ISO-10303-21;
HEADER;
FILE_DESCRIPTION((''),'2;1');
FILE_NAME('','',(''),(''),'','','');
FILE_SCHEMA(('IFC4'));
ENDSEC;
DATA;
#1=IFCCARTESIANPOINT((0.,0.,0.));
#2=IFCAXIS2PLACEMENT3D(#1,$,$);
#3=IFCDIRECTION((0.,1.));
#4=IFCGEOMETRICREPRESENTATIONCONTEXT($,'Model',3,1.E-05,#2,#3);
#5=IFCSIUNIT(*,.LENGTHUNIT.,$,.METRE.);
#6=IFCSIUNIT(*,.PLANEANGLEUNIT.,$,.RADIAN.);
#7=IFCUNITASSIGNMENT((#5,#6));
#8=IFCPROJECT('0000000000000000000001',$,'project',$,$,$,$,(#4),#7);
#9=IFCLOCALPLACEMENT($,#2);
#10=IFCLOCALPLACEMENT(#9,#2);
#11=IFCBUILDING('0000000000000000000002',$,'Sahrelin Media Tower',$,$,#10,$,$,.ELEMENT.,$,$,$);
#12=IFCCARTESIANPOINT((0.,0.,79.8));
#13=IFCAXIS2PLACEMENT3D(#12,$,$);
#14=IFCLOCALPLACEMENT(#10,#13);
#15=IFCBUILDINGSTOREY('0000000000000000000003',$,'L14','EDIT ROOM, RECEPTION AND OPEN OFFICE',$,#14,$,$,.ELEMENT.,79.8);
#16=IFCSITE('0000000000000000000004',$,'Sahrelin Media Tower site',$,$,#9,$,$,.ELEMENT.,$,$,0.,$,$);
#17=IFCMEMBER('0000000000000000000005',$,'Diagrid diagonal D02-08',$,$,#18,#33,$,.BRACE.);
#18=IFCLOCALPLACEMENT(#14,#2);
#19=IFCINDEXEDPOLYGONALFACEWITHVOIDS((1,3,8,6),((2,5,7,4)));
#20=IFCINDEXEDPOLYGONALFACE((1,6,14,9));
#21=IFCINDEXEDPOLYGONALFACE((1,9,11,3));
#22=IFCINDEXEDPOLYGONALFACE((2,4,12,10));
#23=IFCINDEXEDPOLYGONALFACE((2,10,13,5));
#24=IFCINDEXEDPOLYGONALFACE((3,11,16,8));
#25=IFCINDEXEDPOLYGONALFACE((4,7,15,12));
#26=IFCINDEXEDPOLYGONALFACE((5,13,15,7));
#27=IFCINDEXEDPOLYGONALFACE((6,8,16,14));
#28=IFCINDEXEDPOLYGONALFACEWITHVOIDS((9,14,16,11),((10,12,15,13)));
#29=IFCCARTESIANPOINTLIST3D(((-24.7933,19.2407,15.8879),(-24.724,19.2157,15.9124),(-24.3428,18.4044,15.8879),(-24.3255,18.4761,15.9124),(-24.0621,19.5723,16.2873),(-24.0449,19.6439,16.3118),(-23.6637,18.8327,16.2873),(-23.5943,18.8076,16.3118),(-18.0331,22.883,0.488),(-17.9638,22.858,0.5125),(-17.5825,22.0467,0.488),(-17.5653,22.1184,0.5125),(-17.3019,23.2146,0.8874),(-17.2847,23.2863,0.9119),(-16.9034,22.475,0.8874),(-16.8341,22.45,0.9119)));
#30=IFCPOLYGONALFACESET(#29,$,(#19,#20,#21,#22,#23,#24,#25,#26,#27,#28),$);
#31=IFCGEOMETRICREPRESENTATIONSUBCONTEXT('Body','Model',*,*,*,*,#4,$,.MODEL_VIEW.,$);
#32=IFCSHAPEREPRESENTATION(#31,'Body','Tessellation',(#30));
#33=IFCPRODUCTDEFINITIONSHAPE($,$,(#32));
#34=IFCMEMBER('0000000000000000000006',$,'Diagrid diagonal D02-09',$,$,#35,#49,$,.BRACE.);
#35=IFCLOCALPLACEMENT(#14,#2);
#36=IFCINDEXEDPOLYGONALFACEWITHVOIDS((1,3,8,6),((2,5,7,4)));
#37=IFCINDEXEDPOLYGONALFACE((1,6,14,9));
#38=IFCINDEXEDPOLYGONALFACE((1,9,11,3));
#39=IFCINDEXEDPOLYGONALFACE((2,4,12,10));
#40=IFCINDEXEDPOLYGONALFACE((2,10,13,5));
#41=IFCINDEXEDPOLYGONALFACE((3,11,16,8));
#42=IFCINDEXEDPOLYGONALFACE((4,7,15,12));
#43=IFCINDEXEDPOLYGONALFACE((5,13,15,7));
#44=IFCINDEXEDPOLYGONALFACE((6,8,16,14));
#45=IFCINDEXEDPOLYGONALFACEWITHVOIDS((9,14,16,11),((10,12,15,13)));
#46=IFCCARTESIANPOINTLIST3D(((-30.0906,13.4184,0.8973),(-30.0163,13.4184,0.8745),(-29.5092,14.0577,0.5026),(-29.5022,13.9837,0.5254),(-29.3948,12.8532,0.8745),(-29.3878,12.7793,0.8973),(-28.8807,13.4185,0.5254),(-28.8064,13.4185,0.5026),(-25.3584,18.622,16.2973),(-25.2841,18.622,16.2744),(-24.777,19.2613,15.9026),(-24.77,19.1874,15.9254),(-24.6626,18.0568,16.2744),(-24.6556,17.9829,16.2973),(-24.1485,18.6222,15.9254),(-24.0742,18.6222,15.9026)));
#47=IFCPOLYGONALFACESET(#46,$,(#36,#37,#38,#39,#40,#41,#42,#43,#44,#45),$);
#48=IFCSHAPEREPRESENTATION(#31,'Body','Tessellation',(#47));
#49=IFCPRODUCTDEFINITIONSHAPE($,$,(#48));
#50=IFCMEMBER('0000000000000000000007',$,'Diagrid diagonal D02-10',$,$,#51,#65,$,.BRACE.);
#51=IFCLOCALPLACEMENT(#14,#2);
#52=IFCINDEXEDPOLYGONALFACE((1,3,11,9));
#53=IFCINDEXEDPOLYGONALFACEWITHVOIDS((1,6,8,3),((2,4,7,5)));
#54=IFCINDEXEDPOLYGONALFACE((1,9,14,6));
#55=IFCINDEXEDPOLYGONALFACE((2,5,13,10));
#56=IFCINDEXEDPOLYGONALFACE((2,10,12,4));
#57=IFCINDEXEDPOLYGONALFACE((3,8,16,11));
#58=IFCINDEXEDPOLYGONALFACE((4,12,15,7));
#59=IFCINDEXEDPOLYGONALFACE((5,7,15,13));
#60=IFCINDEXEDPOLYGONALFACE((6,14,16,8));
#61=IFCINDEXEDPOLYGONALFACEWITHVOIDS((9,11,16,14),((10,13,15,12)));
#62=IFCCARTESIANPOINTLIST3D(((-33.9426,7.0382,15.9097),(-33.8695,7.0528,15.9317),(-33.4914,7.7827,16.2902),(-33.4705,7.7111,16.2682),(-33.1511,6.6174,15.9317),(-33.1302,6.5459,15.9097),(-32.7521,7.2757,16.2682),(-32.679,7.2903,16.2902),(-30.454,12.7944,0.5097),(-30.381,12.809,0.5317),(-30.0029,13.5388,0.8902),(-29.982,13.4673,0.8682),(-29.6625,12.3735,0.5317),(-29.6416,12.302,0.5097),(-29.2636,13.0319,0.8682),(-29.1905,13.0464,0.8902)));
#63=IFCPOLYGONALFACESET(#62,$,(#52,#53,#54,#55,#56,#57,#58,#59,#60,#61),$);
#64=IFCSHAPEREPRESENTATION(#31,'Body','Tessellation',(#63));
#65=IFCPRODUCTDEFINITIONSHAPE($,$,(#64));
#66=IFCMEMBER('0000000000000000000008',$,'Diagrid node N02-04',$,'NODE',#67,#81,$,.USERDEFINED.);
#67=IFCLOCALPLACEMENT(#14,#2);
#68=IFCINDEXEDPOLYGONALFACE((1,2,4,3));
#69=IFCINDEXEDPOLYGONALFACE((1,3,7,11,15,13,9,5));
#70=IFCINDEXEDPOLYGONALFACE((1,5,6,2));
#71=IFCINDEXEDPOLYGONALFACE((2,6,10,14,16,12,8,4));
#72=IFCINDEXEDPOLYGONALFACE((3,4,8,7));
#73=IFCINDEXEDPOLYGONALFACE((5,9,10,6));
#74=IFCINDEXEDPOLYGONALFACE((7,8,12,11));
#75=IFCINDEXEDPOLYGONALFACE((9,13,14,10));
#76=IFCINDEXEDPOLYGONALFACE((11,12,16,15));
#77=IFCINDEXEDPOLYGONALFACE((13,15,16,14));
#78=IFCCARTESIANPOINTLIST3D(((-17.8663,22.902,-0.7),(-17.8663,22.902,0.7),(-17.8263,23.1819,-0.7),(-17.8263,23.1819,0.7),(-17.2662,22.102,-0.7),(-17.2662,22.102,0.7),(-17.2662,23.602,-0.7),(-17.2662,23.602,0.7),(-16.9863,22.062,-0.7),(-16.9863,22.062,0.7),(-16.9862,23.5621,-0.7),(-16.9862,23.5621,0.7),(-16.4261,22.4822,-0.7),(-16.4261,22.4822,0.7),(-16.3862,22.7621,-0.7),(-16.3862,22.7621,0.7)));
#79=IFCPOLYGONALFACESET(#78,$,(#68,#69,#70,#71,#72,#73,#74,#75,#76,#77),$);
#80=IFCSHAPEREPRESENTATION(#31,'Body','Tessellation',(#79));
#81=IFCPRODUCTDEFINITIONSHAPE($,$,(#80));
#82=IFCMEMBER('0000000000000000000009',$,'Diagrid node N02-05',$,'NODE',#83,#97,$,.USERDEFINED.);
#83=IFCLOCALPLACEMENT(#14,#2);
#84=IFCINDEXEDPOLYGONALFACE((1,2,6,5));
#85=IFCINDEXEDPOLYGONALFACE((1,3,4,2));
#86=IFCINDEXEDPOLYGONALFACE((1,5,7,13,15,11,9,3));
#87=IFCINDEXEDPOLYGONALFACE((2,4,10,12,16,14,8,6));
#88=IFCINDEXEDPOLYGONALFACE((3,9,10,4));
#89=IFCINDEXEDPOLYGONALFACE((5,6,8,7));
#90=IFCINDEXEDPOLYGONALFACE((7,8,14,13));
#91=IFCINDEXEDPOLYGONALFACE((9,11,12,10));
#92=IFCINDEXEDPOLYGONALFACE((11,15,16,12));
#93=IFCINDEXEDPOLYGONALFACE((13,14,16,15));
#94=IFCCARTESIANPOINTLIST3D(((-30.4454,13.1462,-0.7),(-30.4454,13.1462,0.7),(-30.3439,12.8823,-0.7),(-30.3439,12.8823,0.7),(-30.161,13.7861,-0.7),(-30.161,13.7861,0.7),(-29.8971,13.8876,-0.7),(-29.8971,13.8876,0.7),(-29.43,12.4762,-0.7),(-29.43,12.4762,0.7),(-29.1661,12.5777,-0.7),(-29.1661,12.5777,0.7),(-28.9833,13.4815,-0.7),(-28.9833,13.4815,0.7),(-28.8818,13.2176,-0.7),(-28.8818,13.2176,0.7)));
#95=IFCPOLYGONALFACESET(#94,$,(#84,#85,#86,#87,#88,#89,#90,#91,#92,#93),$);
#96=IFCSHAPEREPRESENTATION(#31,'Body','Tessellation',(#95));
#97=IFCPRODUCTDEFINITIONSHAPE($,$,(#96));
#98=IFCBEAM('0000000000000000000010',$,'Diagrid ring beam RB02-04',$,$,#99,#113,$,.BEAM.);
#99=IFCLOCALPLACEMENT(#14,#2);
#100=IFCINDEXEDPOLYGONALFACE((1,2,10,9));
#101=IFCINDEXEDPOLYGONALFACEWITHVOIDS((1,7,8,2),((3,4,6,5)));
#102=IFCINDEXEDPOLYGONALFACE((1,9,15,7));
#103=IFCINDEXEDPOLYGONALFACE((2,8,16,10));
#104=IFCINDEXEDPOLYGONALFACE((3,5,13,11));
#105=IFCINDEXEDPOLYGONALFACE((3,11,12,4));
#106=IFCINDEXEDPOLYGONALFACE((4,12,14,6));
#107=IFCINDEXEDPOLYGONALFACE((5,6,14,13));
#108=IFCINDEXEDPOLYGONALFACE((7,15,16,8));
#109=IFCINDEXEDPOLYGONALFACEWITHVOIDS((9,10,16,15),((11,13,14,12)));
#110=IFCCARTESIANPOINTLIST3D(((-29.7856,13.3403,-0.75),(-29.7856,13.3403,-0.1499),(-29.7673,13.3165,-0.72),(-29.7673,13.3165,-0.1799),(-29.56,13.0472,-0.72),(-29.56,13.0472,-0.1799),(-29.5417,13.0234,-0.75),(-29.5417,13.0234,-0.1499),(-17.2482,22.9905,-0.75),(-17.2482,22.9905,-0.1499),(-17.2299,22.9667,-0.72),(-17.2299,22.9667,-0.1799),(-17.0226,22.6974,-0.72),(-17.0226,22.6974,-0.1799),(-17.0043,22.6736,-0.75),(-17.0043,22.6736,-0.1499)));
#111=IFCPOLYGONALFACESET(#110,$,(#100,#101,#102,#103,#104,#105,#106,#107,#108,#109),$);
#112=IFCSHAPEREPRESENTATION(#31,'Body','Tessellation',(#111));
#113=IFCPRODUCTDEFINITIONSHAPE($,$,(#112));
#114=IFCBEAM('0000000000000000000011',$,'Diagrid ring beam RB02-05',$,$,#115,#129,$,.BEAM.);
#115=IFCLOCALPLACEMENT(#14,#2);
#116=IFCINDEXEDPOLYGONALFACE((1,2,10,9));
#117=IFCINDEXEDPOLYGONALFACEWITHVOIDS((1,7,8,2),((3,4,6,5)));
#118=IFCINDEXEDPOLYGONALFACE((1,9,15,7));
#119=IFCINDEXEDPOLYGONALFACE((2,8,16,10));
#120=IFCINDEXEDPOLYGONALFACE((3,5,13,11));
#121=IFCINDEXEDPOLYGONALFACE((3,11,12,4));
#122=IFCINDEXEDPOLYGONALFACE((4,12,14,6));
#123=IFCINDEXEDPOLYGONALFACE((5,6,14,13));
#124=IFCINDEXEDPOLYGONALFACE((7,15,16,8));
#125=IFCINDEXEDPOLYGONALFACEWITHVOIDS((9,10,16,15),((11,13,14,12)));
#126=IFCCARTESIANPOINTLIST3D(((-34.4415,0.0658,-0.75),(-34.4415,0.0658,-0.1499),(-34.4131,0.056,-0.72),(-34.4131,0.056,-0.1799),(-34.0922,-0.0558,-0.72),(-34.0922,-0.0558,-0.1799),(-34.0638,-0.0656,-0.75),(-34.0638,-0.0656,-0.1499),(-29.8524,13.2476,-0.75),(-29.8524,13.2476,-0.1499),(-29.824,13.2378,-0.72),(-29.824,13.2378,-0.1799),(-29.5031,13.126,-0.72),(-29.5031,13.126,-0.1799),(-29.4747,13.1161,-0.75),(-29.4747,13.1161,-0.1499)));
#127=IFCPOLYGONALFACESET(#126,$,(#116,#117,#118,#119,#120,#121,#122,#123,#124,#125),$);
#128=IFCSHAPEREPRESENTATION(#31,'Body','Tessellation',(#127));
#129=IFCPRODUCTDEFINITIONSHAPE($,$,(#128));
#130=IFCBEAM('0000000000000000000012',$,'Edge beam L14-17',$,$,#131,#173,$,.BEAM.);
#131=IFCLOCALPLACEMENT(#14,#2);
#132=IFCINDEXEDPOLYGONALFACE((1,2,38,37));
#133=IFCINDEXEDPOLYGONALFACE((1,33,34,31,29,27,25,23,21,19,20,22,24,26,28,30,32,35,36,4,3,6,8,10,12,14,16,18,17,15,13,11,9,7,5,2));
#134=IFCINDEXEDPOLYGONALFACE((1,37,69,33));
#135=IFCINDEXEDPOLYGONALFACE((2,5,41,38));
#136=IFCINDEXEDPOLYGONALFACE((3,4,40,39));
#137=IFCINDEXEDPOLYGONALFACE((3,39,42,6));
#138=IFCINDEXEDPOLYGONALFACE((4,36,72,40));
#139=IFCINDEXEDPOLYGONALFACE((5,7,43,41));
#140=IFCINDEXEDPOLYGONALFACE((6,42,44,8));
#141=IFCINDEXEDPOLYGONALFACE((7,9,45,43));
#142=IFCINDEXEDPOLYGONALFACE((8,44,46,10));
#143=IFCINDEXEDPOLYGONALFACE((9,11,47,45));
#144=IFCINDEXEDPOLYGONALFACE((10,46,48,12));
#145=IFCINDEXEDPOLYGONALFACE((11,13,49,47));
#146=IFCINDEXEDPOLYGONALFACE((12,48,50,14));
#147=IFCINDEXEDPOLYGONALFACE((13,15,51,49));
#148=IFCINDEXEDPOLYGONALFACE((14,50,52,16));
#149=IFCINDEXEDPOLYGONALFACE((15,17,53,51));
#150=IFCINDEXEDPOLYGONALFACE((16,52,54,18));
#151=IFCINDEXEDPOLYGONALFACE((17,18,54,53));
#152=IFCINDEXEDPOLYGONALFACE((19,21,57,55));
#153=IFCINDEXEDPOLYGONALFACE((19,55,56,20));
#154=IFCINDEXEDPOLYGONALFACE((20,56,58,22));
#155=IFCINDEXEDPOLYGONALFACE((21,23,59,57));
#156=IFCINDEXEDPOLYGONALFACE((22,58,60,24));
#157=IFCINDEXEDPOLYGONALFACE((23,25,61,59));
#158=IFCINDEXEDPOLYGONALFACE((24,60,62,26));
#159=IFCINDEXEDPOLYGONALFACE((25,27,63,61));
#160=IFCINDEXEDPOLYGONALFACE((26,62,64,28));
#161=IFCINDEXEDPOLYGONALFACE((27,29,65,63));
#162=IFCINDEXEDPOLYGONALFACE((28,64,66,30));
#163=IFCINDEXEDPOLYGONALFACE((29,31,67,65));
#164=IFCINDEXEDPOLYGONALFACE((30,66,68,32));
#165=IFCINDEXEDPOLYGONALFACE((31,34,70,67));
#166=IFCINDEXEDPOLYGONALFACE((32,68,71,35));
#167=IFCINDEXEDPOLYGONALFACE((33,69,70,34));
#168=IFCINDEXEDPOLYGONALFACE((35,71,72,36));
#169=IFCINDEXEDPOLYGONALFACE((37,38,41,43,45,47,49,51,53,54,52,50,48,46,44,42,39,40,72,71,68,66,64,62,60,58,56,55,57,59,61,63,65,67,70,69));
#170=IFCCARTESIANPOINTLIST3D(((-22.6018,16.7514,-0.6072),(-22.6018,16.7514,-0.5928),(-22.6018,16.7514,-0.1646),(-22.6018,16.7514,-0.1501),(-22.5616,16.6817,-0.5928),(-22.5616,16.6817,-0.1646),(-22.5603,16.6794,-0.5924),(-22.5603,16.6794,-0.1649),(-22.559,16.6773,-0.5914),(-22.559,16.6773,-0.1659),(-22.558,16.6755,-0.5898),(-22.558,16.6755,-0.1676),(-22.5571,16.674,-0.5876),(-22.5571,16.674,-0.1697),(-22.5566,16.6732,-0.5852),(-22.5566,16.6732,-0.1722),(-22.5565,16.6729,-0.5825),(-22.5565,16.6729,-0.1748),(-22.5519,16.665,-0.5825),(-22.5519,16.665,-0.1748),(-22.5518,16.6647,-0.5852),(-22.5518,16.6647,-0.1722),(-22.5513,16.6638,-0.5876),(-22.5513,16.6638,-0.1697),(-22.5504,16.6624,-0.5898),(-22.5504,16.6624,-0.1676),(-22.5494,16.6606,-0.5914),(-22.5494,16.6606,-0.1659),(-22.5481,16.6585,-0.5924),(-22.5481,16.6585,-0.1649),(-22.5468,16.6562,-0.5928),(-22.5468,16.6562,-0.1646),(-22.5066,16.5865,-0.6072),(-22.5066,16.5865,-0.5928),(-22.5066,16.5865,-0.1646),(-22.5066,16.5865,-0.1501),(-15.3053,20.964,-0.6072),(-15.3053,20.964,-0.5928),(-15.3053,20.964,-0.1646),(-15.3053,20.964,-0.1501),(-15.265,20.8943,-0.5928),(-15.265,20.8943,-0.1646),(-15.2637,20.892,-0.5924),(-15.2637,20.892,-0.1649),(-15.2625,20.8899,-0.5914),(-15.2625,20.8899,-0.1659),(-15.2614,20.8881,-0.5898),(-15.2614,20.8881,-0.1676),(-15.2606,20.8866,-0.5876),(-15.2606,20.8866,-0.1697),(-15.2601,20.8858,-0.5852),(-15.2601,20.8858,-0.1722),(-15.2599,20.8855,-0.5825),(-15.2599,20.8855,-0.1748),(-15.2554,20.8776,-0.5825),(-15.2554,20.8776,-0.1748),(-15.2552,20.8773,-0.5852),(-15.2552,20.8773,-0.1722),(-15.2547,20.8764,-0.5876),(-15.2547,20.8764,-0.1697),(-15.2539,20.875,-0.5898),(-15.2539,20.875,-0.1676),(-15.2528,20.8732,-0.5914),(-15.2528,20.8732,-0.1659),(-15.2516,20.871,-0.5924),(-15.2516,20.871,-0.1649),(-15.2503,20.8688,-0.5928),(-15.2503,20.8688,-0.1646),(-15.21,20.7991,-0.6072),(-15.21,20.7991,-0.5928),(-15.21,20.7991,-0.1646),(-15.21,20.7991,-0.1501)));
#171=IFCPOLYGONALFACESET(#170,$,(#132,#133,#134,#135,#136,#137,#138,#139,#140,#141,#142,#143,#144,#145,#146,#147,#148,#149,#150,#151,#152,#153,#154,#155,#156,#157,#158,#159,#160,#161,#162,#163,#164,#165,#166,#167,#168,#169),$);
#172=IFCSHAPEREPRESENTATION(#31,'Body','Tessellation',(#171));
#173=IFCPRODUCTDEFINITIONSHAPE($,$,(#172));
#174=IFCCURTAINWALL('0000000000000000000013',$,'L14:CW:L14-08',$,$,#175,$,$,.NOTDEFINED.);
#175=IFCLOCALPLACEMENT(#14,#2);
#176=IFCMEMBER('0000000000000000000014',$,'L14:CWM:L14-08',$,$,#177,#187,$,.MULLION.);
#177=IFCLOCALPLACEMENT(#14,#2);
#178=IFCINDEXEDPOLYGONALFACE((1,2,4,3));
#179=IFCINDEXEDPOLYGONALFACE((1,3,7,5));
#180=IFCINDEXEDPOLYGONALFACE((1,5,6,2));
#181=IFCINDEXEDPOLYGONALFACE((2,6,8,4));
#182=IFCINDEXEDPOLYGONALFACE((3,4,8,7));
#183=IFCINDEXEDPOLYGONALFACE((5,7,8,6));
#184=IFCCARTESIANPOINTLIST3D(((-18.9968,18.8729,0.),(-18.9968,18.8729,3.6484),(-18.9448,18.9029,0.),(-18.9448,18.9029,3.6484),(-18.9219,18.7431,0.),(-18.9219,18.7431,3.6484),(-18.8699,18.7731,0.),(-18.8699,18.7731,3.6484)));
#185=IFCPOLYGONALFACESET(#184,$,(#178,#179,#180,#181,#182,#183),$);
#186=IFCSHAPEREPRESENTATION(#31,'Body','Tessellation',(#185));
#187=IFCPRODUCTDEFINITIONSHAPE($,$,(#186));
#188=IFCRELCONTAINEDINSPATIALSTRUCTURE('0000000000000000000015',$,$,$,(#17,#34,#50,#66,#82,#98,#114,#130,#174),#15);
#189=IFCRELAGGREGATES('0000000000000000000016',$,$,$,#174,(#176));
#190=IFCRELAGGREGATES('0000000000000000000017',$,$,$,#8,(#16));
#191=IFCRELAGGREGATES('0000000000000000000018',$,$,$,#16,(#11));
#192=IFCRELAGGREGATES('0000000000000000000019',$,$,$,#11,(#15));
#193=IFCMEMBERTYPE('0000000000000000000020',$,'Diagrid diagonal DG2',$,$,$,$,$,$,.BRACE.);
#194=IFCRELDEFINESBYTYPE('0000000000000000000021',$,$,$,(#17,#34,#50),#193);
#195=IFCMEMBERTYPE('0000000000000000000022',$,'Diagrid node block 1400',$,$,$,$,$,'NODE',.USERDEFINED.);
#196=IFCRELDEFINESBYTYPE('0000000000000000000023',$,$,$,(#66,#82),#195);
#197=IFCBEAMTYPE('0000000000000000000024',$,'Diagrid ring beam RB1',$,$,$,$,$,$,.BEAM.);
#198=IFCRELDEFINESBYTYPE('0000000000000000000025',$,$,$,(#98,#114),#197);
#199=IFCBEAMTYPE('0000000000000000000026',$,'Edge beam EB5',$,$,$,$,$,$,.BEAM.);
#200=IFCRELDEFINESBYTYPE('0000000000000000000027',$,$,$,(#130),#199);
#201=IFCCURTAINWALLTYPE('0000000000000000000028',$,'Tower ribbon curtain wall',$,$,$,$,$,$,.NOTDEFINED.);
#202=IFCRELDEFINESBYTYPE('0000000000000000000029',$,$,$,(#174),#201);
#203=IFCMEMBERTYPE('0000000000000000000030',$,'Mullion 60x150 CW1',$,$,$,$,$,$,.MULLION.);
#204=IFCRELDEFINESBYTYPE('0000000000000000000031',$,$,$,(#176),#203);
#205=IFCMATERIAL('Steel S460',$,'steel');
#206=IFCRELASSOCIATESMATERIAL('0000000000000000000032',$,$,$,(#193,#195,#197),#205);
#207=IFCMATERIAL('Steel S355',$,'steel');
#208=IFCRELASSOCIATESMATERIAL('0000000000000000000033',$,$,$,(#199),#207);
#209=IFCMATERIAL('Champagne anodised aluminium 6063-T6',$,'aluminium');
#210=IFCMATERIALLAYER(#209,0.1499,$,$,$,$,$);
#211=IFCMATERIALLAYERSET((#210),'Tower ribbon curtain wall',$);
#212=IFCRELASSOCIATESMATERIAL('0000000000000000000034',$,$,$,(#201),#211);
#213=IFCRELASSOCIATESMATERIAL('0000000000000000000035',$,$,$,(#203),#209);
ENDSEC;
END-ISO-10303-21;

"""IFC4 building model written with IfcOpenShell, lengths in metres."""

from ifc_helpers import new_model, si_unit, direction, frame, origin, origin_2d, place, context, subcontext, project, spatial, polyline, rectangle, hollow_rectangle, i_section, outline, extrude, material, layer, layer_set, material_profile, profile_set, type_object, element, aggregate, save


model = new_model("IFC4")

# Units and contexts
model_context = context("Model", 3, precision=1e-05, world=origin(), true_north=direction((0.0, 1.0)))
body_context = subcontext(model_context, "Body", "Model", "MODEL_VIEW")
ifc_project = project(units=[si_unit("LENGTHUNIT", "METRE"), si_unit("PLANEANGLEUNIT", "RADIAN")], contexts=[model_context])

# Site, building, storey
site_placement = place(None, origin())
site = spatial("IfcSite", under=ifc_project, at=site_placement, Name="Sahrelin Media Tower site", CompositionType="ELEMENT", RefElevation=0.0)
building_placement = place(site_placement, origin())
building = spatial("IfcBuilding", under=site, at=building_placement, Name="Sahrelin Media Tower", CompositionType="ELEMENT")
storey_placement = place(building_placement, frame((0.0, 0.0, 79.8)))
storey = spatial("IfcBuildingStorey", under=building, at=storey_placement, Name="L14", Description="EDIT ROOM, RECEPTION AND OPEN OFFICE", CompositionType="ELEMENT", Elevation=79.8)

# Members
ifc_material_1 = material(Name="Steel S460", Category="steel")
ifc_material_profile_1 = material_profile(ifc_material_1, hollow_rectangle(XDim=0.95, YDim=0.95, WallThickness=0.0549, at=origin_2d()), Name="Diagrid diagonal DG2")
ifc_profile_set_1 = profile_set([ifc_material_profile_1], Name="Steel S460")
member_type_1 = type_object("IfcMemberType", Name="Diagrid diagonal DG2", PredefinedType="BRACE", material=ifc_profile_set_1)
member_1_placement = place(storey_placement, frame((-17.4336, 22.6665, 0.7), z_axis=(-0.392849, -0.211662, 0.894913), x_axis=(0.474322, -0.880352, 0.0)))
element("IfcMember", 1, at=member_1_placement, inside=storey, type_object=member_type_1, Name="Diagrid diagonal D02-08", PredefinedType="BRACE", context=body_context, shape_type="SweptSolid", body=[
    extrude(hollow_rectangle(XDim=0.95, YDim=0.95, WallThickness=0.0549, at=origin_2d()), origin(), (0.0, 0.0, 1.0), 17.2083),
])
member_2_placement = place(storey_placement, frame((-29.4485, 13.4185, 0.7), z_axis=(0.279513, 0.307359, 0.909617), x_axis=(-0.739825, 0.672799, 0.0)))
element("IfcMember", 2, at=member_2_placement, inside=storey, type_object=member_type_1, Name="Diagrid diagonal D02-09", PredefinedType="BRACE", context=body_context, shape_type="SweptSolid", body=[
    extrude(hollow_rectangle(XDim=0.95, YDim=0.95, WallThickness=0.0549, at=origin_2d()), origin(), (0.0, 0.0, 1.0), 16.9302),
])
member_3_placement = place(storey_placement, frame((-29.8223, 12.9204, 0.7), z_axis=(-0.20757, -0.342492, 0.916305), x_axis=(0.855199, -0.518299, 0.0)))
element("IfcMember", 3, at=member_3_placement, inside=storey, type_object=member_type_1, Name="Diagrid diagonal D02-10", PredefinedType="BRACE", context=body_context, shape_type="SweptSolid", body=[
    extrude(hollow_rectangle(XDim=0.95, YDim=0.95, WallThickness=0.0549, at=origin_2d()), origin(), (0.0, 0.0, 1.0), 16.8066),
])
ifc_material_profile_2 = material_profile(ifc_material_1, outline(polyline([(0.5, -0.55), (0.7, -0.3501), (0.7, 0.3501), (0.5, 0.55), (-0.5, 0.55), (-0.7, 0.3501), (-0.7, -0.3501), (-0.5, -0.55), (0.5, -0.55)])), Name="Diagrid node block 1400")
ifc_profile_set_2 = profile_set([ifc_material_profile_2], Name="Steel S460")
member_type_2 = type_object("IfcMemberType", Name="Diagrid node block 1400", ElementType="NODE", PredefinedType="USERDEFINED", material=ifc_profile_set_2)
for number, where, z_axis, x_axis, name in (
    (4, (-17.1262, 22.832, -0.7), (0.0, 0.0, 1.0), (-0.600052, 0.799961, 0.0), "Diagrid node N02-04"),
    (5, (-29.6636, 13.1819, -0.7), (0.0, 0.0, 1.0), (-0.913833, 0.406091, 0.0), "Diagrid node N02-05"),
):
    element("IfcMember", number, at=place(storey_placement, frame(where, z_axis=z_axis, x_axis=x_axis)), inside=storey, type_object=member_type_2, Name=name, ObjectType="NODE", PredefinedType="USERDEFINED", context=body_context, shape_type="SweptSolid", body=[
        extrude(outline(polyline([(0.5, -0.55), (0.7, -0.3501), (0.7, 0.3501), (0.5, 0.55), (-0.5, 0.55), (-0.7, 0.3501), (-0.7, -0.3501), (-0.5, -0.55), (0.5, -0.55)])), origin(), (0.0, 0.0, 1.0), 1.3999),
    ])

# Beams
ifc_material_profile_3 = material_profile(ifc_material_1, hollow_rectangle(XDim=0.3999, YDim=0.6001, WallThickness=0.03, at=origin_2d()), Name="Diagrid ring beam RB1")
ifc_profile_set_3 = profile_set([ifc_material_profile_3], Name="Steel S460")
beam_type_1 = type_object("IfcBeamType", Name="Diagrid ring beam RB1", PredefinedType="BEAM", material=ifc_profile_set_3)
beam_1_placement = place(storey_placement, frame((-17.1262, 22.832, -0.45), z_axis=(-0.79244, -0.60995, 0.0), x_axis=(0.60995, -0.79244, 0.0)))
element("IfcBeam", 6, at=beam_1_placement, inside=storey, type_object=beam_type_1, Name="Diagrid ring beam RB02-04", PredefinedType="BEAM", context=body_context, shape_type="SweptSolid", body=[
    extrude(hollow_rectangle(XDim=0.3999, YDim=0.6001, WallThickness=0.03, at=origin_2d()), origin(), (0.0, 0.0, 1.0), 15.8213),
])
beam_2_placement = place(storey_placement, frame((-29.6636, 13.1819, -0.45), z_axis=(-0.328783, -0.944405, 0.0), x_axis=(0.944405, -0.328783, 0.0)))
element("IfcBeam", 7, at=beam_2_placement, inside=storey, type_object=beam_type_1, Name="Diagrid ring beam RB02-05", PredefinedType="BEAM", context=body_context, shape_type="SweptSolid", body=[
    extrude(hollow_rectangle(XDim=0.3999, YDim=0.6001, WallThickness=0.03, at=origin_2d()), origin(), (0.0, 0.0, 1.0), 13.9578),
])
ifc_material_2 = material(Name="Steel S355", Category="steel")
ifc_material_profile_4 = material_profile(ifc_material_2, i_section(OverallWidth=0.1904, OverallDepth=0.457, WebThickness=0.009, FlangeThickness=0.0144, FilletRadius=0.0103, at=origin_2d()), Name="UB 457x191x74")
ifc_profile_set_4 = profile_set([ifc_material_profile_4], Name="Steel S355")
beam_type_2 = type_object("IfcBeamType", Name="Edge beam EB5", PredefinedType="BEAM", material=ifc_profile_set_4)
beam_3_placement = place(storey_placement, frame((-22.5542, 16.6689, -0.3787), z_axis=(0.866029, 0.499994, 0.0), x_axis=(-0.499994, 0.866029, 0.0)))
element("IfcBeam", 8, at=beam_3_placement, inside=storey, type_object=beam_type_2, Name="Edge beam L14-17", PredefinedType="BEAM", context=body_context, shape_type="SweptSolid", body=[
    extrude(i_section(OverallWidth=0.1904, OverallDepth=0.457, WebThickness=0.009, FlangeThickness=0.0144, FilletRadius=0.0103, at=origin_2d()), origin(), (0.0, 0.0, 1.0), 8.4253),
])

# Curtain wall, member
ifc_material_3 = material(Name="Champagne anodised aluminium 6063-T6", Category="aluminium")
ifc_layer_1 = layer(ifc_material_3, 0.1499)
ifc_layer_set_1 = layer_set([ifc_layer_1], Name="Tower ribbon curtain wall")
curtain_wall_type = type_object("IfcCurtainWallType", Name="Tower ribbon curtain wall", PredefinedType="NOTDEFINED", material=ifc_layer_set_1)
curtain_wall_1_placement = place(storey_placement, frame((-18.981, 18.9053, 0.0), z_axis=(0.0, 0.0, 1.0), x_axis=(1.0, 0.0, 0.0)))
curtain_wall_1 = element("IfcCurtainWall", 9, at=curtain_wall_1_placement, inside=storey, type_object=curtain_wall_type, Name="L14:CW:L14-08", PredefinedType="NOTDEFINED")
ifc_material_profile_5 = material_profile(ifc_material_3, rectangle(XDim=0.0601, YDim=0.1499, at=origin_2d()), Name="Mullion 60x150")
ifc_profile_set_5 = profile_set([ifc_material_profile_5], Name="Champagne anodised aluminium 6063-T6")
member_type_3 = type_object("IfcMemberType", Name="Mullion 60x150 CW1", PredefinedType="MULLION", material=ifc_profile_set_5)
member_4_placement = place(storey_placement, frame((-18.9333, 18.823, 0.0), z_axis=(0.0, 0.0, 1.0), x_axis=(-0.866027, -0.499997, 0.0)))
member_4 = element("IfcMember", 10, at=member_4_placement, type_object=member_type_3, Name="L14:CWM:L14-08", PredefinedType="MULLION", context=body_context, shape_type="SweptSolid", body=[
    extrude(rectangle(XDim=0.0601, YDim=0.1499, at=origin_2d()), origin(), (0.0, 0.0, 1.0), 3.6484),
])
aggregate(curtain_wall_1, [member_4])

save(model, "model.ifc")
